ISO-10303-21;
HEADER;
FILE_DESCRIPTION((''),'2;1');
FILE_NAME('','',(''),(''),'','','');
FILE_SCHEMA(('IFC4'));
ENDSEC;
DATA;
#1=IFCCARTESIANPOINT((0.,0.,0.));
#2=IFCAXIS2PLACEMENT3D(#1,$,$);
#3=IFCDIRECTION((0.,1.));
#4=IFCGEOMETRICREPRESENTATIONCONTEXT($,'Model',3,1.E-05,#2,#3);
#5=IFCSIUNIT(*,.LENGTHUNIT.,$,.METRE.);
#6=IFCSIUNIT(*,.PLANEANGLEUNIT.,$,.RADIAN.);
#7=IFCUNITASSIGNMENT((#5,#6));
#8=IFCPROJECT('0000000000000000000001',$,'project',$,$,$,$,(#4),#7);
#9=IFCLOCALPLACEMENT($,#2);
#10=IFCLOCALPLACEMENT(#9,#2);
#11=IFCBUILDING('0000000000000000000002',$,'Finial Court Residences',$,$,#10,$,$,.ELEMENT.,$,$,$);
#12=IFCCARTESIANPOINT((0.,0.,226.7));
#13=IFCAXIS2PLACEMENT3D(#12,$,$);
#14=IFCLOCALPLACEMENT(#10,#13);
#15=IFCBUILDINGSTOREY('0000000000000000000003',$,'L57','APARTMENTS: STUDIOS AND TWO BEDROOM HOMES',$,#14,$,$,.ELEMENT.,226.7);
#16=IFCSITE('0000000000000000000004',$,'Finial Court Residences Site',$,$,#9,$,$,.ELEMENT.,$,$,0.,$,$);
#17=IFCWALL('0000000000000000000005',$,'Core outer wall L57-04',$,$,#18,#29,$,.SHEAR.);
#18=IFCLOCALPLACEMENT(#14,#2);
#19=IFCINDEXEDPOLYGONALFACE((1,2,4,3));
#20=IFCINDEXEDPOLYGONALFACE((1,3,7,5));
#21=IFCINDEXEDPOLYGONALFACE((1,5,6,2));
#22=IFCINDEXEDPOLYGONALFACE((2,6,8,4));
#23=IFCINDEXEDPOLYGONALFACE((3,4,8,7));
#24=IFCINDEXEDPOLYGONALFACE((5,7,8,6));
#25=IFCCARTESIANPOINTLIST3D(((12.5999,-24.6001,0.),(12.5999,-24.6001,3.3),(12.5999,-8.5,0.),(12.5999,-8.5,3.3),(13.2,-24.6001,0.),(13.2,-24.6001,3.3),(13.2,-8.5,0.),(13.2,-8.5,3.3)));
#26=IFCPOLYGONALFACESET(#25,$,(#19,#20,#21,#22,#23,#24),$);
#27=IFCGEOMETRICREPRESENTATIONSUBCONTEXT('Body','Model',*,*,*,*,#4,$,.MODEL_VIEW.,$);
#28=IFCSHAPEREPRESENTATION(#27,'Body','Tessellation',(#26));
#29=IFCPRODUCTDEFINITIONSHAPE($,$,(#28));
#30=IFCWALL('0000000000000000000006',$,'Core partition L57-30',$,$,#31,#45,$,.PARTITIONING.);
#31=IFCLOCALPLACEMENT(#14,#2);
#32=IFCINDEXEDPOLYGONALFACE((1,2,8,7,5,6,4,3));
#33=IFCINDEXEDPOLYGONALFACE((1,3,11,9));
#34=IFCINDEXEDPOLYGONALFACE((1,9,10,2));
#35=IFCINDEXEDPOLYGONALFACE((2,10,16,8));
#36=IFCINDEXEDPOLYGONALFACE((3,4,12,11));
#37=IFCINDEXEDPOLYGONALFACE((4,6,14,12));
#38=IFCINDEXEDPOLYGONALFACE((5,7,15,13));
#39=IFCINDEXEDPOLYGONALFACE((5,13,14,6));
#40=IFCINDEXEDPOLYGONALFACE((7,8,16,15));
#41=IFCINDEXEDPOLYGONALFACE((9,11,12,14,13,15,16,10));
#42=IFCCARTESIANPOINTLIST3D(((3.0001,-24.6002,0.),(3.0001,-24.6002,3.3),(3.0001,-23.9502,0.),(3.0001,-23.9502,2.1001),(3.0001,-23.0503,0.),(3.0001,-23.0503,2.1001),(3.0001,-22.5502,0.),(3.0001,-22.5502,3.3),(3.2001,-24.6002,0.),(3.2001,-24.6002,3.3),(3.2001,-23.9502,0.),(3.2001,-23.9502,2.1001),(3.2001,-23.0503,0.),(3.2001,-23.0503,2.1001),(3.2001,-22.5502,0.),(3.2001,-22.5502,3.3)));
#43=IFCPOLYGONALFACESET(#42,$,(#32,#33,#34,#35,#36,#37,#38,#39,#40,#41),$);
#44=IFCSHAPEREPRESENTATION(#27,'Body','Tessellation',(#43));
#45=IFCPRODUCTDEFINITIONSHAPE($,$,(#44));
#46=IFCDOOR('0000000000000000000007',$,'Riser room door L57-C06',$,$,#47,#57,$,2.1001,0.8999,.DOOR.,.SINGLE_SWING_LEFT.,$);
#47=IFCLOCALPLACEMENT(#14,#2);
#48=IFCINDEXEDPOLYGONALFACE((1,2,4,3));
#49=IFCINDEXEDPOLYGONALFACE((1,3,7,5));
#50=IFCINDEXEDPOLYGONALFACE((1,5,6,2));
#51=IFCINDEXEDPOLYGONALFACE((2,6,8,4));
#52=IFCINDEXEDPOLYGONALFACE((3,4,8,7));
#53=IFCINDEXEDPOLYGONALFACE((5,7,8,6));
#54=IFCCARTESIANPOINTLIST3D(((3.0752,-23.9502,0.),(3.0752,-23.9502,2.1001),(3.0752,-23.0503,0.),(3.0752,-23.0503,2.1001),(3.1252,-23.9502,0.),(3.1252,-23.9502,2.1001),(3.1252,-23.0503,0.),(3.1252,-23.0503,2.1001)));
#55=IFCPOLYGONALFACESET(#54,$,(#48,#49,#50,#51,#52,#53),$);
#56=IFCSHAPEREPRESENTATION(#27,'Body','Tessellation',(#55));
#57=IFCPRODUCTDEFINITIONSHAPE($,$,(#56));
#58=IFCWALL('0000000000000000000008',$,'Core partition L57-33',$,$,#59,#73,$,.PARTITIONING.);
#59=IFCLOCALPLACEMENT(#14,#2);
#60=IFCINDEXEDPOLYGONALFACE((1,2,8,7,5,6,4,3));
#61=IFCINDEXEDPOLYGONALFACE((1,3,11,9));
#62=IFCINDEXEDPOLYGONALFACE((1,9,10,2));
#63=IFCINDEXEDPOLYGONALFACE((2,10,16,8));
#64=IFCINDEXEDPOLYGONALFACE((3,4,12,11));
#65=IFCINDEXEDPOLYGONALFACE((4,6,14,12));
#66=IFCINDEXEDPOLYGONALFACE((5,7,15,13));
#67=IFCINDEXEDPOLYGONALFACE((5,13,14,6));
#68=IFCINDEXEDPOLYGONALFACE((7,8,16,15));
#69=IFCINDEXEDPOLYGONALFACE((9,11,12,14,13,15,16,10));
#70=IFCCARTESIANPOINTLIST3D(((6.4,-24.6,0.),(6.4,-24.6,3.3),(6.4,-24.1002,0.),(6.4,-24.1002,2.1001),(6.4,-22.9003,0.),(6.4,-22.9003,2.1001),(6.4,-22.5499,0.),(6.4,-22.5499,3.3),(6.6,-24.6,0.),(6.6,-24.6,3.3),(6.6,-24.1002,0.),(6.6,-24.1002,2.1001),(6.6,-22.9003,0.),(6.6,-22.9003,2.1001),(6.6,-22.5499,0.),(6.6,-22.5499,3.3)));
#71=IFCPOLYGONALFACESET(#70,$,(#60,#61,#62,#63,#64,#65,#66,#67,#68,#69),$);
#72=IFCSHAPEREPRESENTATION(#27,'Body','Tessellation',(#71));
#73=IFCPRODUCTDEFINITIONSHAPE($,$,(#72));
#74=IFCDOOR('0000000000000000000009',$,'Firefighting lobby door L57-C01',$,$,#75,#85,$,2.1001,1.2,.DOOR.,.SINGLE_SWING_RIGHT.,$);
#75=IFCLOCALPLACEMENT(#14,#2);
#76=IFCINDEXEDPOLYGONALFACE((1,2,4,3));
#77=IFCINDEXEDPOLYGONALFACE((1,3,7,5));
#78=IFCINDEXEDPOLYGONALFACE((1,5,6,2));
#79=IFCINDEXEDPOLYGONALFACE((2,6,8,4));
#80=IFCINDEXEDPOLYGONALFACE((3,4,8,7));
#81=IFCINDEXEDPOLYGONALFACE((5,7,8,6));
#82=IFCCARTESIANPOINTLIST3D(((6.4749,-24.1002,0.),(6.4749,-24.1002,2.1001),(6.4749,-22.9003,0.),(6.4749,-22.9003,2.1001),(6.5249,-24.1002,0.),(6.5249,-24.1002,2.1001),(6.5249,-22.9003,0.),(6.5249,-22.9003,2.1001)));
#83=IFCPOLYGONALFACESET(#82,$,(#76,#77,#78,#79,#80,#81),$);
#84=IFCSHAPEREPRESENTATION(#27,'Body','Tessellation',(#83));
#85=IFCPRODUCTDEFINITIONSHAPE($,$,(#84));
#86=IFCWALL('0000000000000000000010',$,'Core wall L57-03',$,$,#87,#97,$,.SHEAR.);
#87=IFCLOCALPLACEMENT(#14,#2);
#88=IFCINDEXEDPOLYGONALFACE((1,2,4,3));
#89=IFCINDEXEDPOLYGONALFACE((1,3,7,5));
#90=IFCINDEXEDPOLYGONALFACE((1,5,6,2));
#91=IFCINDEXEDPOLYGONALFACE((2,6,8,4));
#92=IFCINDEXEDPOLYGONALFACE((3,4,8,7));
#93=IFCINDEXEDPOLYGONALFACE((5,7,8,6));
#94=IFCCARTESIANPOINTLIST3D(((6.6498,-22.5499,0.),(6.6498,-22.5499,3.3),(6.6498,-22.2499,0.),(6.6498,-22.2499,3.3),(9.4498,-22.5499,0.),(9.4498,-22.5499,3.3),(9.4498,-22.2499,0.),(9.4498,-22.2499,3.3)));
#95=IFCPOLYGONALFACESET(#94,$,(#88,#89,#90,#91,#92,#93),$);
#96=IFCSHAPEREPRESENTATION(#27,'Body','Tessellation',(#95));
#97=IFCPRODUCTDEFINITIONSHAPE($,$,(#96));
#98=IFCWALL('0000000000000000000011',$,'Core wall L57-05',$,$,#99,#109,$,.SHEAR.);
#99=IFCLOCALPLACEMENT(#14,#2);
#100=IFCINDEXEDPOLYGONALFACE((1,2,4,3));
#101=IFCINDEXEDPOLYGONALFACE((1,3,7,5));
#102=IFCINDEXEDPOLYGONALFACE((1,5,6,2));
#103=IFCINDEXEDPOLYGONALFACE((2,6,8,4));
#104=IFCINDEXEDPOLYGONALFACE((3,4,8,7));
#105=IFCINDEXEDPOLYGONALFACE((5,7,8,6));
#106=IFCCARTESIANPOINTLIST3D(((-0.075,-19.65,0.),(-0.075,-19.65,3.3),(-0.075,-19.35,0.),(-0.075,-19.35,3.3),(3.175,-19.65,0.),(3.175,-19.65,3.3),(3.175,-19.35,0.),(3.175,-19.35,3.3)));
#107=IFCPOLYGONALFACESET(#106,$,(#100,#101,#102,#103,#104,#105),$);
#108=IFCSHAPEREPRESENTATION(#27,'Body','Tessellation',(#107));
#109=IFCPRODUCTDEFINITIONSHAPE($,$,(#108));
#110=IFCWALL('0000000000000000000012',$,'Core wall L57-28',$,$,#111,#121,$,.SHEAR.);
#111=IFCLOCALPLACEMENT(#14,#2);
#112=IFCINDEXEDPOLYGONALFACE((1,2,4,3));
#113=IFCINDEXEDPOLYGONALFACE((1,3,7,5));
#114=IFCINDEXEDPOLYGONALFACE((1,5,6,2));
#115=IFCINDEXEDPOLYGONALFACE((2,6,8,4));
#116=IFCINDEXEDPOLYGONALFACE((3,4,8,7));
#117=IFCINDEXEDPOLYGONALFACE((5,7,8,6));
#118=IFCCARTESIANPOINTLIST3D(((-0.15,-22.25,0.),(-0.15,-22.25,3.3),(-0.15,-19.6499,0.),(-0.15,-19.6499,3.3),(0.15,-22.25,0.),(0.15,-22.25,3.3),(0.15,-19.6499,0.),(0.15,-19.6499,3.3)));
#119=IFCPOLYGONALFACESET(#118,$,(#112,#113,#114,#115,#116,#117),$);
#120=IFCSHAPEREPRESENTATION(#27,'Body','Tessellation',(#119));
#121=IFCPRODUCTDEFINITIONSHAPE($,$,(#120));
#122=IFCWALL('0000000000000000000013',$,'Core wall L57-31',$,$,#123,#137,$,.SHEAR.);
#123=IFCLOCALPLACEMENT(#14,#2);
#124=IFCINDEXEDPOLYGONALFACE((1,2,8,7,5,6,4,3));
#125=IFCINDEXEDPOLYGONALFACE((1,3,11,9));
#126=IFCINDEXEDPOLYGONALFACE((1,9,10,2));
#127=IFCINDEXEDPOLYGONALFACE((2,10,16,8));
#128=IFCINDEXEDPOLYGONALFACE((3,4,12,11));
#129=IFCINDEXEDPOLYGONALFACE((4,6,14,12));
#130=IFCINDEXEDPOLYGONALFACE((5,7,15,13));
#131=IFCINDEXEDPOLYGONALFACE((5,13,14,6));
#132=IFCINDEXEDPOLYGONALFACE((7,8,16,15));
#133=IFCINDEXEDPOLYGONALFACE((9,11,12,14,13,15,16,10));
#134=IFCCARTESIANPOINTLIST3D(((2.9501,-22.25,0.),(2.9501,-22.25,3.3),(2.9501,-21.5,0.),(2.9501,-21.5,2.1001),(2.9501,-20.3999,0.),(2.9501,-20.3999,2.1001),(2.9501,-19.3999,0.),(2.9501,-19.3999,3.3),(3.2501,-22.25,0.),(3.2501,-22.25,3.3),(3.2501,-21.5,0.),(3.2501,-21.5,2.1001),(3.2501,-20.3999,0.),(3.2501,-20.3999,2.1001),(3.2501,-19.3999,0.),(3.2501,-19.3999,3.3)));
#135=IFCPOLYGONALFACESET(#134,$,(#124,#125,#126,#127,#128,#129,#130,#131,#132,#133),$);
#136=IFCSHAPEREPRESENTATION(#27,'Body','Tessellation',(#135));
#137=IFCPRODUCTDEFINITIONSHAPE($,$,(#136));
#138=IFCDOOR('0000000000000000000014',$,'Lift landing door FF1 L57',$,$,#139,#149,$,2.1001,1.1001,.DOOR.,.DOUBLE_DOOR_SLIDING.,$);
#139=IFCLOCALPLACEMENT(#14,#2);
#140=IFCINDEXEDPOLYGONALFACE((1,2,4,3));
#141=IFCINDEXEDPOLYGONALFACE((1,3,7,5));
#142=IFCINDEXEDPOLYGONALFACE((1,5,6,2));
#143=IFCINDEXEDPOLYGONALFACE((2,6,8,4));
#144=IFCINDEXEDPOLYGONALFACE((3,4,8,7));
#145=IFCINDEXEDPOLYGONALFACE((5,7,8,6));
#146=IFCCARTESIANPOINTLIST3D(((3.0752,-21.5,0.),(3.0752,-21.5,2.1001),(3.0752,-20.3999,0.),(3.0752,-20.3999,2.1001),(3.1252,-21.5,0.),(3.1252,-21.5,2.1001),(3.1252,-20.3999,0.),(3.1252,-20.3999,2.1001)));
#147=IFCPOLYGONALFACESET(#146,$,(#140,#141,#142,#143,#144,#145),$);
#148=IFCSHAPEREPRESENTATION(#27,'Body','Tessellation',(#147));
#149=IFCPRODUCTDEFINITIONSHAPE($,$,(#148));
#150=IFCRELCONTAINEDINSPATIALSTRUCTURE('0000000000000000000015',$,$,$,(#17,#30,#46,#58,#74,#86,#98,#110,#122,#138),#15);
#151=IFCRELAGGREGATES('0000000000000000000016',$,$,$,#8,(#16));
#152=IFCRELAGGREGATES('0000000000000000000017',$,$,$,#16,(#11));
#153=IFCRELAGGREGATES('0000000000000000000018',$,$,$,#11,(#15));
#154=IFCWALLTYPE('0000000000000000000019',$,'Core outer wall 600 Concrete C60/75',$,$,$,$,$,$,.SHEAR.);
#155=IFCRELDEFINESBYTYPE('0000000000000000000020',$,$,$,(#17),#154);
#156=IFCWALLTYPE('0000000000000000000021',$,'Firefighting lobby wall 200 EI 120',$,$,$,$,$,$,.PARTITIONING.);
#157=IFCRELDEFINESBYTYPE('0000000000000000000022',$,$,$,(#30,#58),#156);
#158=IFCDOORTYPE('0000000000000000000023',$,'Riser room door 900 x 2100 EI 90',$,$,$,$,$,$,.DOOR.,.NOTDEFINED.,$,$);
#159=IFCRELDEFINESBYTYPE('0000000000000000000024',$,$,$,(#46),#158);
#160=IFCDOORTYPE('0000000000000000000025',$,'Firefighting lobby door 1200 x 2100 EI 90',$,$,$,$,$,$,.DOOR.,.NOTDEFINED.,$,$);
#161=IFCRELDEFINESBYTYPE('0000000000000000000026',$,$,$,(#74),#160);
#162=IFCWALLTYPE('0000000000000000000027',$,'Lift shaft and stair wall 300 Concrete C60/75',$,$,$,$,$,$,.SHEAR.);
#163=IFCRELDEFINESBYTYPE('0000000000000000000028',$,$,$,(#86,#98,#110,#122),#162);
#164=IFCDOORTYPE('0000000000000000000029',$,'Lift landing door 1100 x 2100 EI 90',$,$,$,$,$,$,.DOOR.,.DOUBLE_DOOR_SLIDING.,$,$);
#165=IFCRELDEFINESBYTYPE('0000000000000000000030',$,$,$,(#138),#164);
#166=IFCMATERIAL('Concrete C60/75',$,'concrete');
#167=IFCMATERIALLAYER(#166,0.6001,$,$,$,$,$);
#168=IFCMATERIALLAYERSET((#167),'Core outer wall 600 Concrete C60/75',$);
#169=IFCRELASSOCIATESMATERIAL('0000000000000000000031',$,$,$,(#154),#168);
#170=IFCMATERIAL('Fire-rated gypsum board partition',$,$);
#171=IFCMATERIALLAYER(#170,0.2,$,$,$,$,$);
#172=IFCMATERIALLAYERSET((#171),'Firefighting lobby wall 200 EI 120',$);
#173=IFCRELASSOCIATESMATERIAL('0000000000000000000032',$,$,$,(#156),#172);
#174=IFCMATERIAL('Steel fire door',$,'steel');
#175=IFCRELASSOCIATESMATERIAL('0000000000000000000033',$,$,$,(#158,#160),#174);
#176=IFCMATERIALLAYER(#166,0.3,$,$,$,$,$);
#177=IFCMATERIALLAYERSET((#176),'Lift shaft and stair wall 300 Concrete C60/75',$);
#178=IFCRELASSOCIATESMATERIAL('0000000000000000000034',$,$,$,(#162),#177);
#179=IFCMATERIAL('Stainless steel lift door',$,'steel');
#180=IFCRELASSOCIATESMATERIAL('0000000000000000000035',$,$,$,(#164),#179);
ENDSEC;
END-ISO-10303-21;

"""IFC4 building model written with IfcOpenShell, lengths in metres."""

from ifc_helpers import new_model, si_unit, direction, frame, frame_2d, origin, place, context, subcontext, project, spatial, rectangle, extrude, material, layer, layer_set, type_object, element, fill, save


model = new_model("IFC4")

# Units and contexts
model_context = context("Model", 3, precision=1e-05, world=origin(), true_north=direction((0.0, 1.0)))
body_context = subcontext(model_context, "Body", "Model", "MODEL_VIEW")
ifc_project = project(units=[si_unit("LENGTHUNIT", "METRE"), si_unit("PLANEANGLEUNIT", "RADIAN")], contexts=[model_context])

# Site, building, storey
site_placement = place(None, origin())
site = spatial("IfcSite", under=ifc_project, at=site_placement, Name="Finial Court Residences Site", CompositionType="ELEMENT", RefElevation=0.0)
building_placement = place(site_placement, origin())
building = spatial("IfcBuilding", under=site, at=building_placement, Name="Finial Court Residences", CompositionType="ELEMENT")
storey_placement = place(building_placement, frame((0.0, 0.0, 226.7)))
storey = spatial("IfcBuildingStorey", under=building, at=storey_placement, Name="L57", Description="APARTMENTS: STUDIOS AND TWO BEDROOM HOMES", CompositionType="ELEMENT", Elevation=226.7)

# Wall
ifc_material_1 = material(Name="Concrete C60/75", Category="concrete")
ifc_layer_1 = layer(ifc_material_1, 0.6001)
ifc_layer_set_1 = layer_set([ifc_layer_1], Name="Core outer wall 600 Concrete C60/75")
wall_type_1 = type_object("IfcWallType", Name="Core outer wall 600 Concrete C60/75", PredefinedType="SHEAR", material=ifc_layer_set_1)
wall_1_placement = place(storey_placement, frame((12.8999, -24.6001, 0.0), z_axis=(0.0, 0.0, 1.0), x_axis=(0.0, 1.0, 0.0)))
element("IfcWall", 1, at=wall_1_placement, inside=storey, type_object=wall_type_1, Name="Core outer wall L57-04", PredefinedType="SHEAR", context=body_context, shape_type="SweptSolid", body=[
    extrude(rectangle(XDim=16.1001, YDim=0.6001, at=frame_2d((8.05, 0.0))), origin(), (0.0, 0.0, 1.0), 3.3),
])

# Walls, openings, doors
ifc_material_2 = material(Name="Fire-rated gypsum board partition")
ifc_layer_2 = layer(ifc_material_2, 0.2)
ifc_layer_set_2 = layer_set([ifc_layer_2], Name="Firefighting lobby wall 200 EI 120")
wall_type_2 = type_object("IfcWallType", Name="Firefighting lobby wall 200 EI 120", PredefinedType="PARTITIONING", material=ifc_layer_set_2)
wall_2_placement = place(storey_placement, frame((3.1001, -24.6001, 0.0), z_axis=(0.0, 0.0, 1.0), x_axis=(0.0, 1.0, 0.0)))
wall_2 = element("IfcWall", 2, at=wall_2_placement, inside=storey, type_object=wall_type_2, Name="Core partition L57-30", PredefinedType="PARTITIONING", context=body_context, shape_type="SweptSolid", body=[
    extrude(rectangle(XDim=2.05, YDim=0.2, at=frame_2d((1.0249, 0.0))), origin(), (0.0, 0.0, 1.0), 3.3),
])
opening_1_placement = place(wall_2_placement, frame((0.6499, 0.0, 0.0)))
opening_1 = element("IfcOpeningElement", 3, at=opening_1_placement, cuts=wall_2, PredefinedType="OPENING", context=body_context, shape_type="SweptSolid", body=[
    extrude(rectangle(XDim=0.8999, YDim=2.1001, at=frame_2d((0.45, 1.05))), frame((0.0, 0.1099, 0.0), z_axis=(0.0, -1.0, 0.0), x_axis=(1.0, 0.0, 0.0)), (0.0, 0.0, 1.0), 0.22),
])
ifc_material_3 = material(Name="Steel fire door", Category="steel")
door_type_1 = type_object("IfcDoorType", Name="Riser room door 900 x 2100 EI 90", OperationType="NOTDEFINED", PredefinedType="DOOR", material=ifc_material_3)
door_1_placement = place(opening_1_placement, origin())
door_1 = element("IfcDoor", 4, at=door_1_placement, inside=storey, type_object=door_type_1, Name="Riser room door L57-C06", OperationType="SINGLE_SWING_LEFT", OverallHeight=2.1001, OverallWidth=0.8999, PredefinedType="DOOR", context=body_context, shape_type="SweptSolid", body=[
    extrude(rectangle(XDim=0.8999, YDim=2.1001, at=frame_2d((0.45, 1.05))), frame((0.0, 0.0249, 0.0), z_axis=(0.0, -1.0, 0.0), x_axis=(1.0, 0.0, 0.0)), (0.0, 0.0, 1.0), 0.05),
])
fill(opening_1, door_1)
wall_3_placement = place(storey_placement, frame((6.5, -22.55, 0.0), z_axis=(0.0, 0.0, 1.0), x_axis=(0.0, -1.0, 0.0)))
wall_3 = element("IfcWall", 5, at=wall_3_placement, inside=storey, type_object=wall_type_2, Name="Core partition L57-33", PredefinedType="PARTITIONING", context=body_context, shape_type="SweptSolid", body=[
    extrude(rectangle(XDim=2.05, YDim=0.2, at=frame_2d((1.0249, 0.0))), origin(), (0.0, 0.0, 1.0), 3.3),
])
opening_2_placement = place(wall_3_placement, frame((0.3501, 0.0, 0.0)))
opening_2 = element("IfcOpeningElement", 6, at=opening_2_placement, cuts=wall_3, PredefinedType="OPENING", context=body_context, shape_type="SweptSolid", body=[
    extrude(rectangle(XDim=1.2, YDim=2.1001, at=frame_2d((0.6001, 1.05))), frame((0.0, 0.1099, 0.0), z_axis=(0.0, -1.0, 0.0), x_axis=(1.0, 0.0, 0.0)), (0.0, 0.0, 1.0), 0.22),
])
door_type_2 = type_object("IfcDoorType", Name="Firefighting lobby door 1200 x 2100 EI 90", OperationType="NOTDEFINED", PredefinedType="DOOR", material=ifc_material_3)
door_2_placement = place(opening_2_placement, origin())
door_2 = element("IfcDoor", 7, at=door_2_placement, inside=storey, type_object=door_type_2, Name="Firefighting lobby door L57-C01", OperationType="SINGLE_SWING_RIGHT", OverallHeight=2.1001, OverallWidth=1.2, PredefinedType="DOOR", context=body_context, shape_type="SweptSolid", body=[
    extrude(rectangle(XDim=1.2, YDim=2.1001, at=frame_2d((0.6001, 1.05))), frame((0.0, 0.0249, 0.0), z_axis=(0.0, -1.0, 0.0), x_axis=(1.0, 0.0, 0.0)), (0.0, 0.0, 1.0), 0.05),
])
fill(opening_2, door_2)

# Walls
ifc_layer_3 = layer(ifc_material_1, 0.3)
ifc_layer_set_3 = layer_set([ifc_layer_3], Name="Lift shaft and stair wall 300 Concrete C60/75")
wall_type_3 = type_object("IfcWallType", Name="Lift shaft and stair wall 300 Concrete C60/75", PredefinedType="SHEAR", material=ifc_layer_set_3)
wall_4_placement = place(storey_placement, frame((6.6499, -22.3999, 0.0), z_axis=(0.0, 0.0, 1.0), x_axis=(1.0, 0.0, 0.0)))
element("IfcWall", 8, at=wall_4_placement, inside=storey, type_object=wall_type_3, Name="Core wall L57-03", PredefinedType="SHEAR", context=body_context, shape_type="SweptSolid", body=[
    extrude(rectangle(XDim=2.8, YDim=0.3, at=frame_2d((1.3999, 0.0))), origin(), (0.0, 0.0, 1.0), 3.3),
])
wall_5_placement = place(storey_placement, frame((-0.075, -19.5, 0.0), z_axis=(0.0, 0.0, 1.0), x_axis=(1.0, 0.0, 0.0)))
element("IfcWall", 9, at=wall_5_placement, inside=storey, type_object=wall_type_3, Name="Core wall L57-05", PredefinedType="SHEAR", context=body_context, shape_type="SweptSolid", body=[
    extrude(rectangle(XDim=3.25, YDim=0.3, at=frame_2d((1.625, 0.0))), origin(), (0.0, 0.0, 1.0), 3.3),
])
wall_6_placement = place(storey_placement, frame((0.0, -22.25, 0.0), z_axis=(0.0, 0.0, 1.0), x_axis=(0.0, 1.0, 0.0)))
element("IfcWall", 10, at=wall_6_placement, inside=storey, type_object=wall_type_3, Name="Core wall L57-28", PredefinedType="SHEAR", context=body_context, shape_type="SweptSolid", body=[
    extrude(rectangle(XDim=2.6001, YDim=0.3, at=frame_2d((1.3, 0.0))), origin(), (0.0, 0.0, 1.0), 3.3),
])

# Wall, opening, door
wall_7_placement = place(storey_placement, frame((3.1001, -22.25, 0.0), z_axis=(0.0, 0.0, 1.0), x_axis=(0.0, 1.0, 0.0)))
wall_7 = element("IfcWall", 11, at=wall_7_placement, inside=storey, type_object=wall_type_3, Name="Core wall L57-31", PredefinedType="SHEAR", context=body_context, shape_type="SweptSolid", body=[
    extrude(rectangle(XDim=2.8501, YDim=0.3, at=frame_2d((1.425, 0.0))), origin(), (0.0, 0.0, 1.0), 3.3),
])
opening_3_placement = place(wall_7_placement, frame((0.75, 0.0, 0.0)))
opening_3 = element("IfcOpeningElement", 12, at=opening_3_placement, cuts=wall_7, PredefinedType="OPENING", context=body_context, shape_type="SweptSolid", body=[
    extrude(rectangle(XDim=1.1001, YDim=2.1001, at=frame_2d((0.55, 1.05))), frame((0.0, 0.1599, 0.0), z_axis=(0.0, -1.0, 0.0), x_axis=(1.0, 0.0, 0.0)), (0.0, 0.0, 1.0), 0.3201),
])
ifc_material_4 = material(Name="Stainless steel lift door", Category="steel")
door_type_3 = type_object("IfcDoorType", Name="Lift landing door 1100 x 2100 EI 90", OperationType="DOUBLE_DOOR_SLIDING", PredefinedType="DOOR", material=ifc_material_4)
door_3_placement = place(opening_3_placement, origin())
door_3 = element("IfcDoor", 13, at=door_3_placement, inside=storey, type_object=door_type_3, Name="Lift landing door FF1 L57", OperationType="DOUBLE_DOOR_SLIDING", OverallHeight=2.1001, OverallWidth=1.1001, PredefinedType="DOOR", context=body_context, shape_type="SweptSolid", body=[
    extrude(rectangle(XDim=1.1001, YDim=2.1001, at=frame_2d((0.55, 1.05))), frame((0.0, 0.0249, 0.0), z_axis=(0.0, -1.0, 0.0), x_axis=(1.0, 0.0, 0.0)), (0.0, 0.0, 1.0), 0.05),
])
fill(opening_3, door_3)

save(model, "model.ifc")
